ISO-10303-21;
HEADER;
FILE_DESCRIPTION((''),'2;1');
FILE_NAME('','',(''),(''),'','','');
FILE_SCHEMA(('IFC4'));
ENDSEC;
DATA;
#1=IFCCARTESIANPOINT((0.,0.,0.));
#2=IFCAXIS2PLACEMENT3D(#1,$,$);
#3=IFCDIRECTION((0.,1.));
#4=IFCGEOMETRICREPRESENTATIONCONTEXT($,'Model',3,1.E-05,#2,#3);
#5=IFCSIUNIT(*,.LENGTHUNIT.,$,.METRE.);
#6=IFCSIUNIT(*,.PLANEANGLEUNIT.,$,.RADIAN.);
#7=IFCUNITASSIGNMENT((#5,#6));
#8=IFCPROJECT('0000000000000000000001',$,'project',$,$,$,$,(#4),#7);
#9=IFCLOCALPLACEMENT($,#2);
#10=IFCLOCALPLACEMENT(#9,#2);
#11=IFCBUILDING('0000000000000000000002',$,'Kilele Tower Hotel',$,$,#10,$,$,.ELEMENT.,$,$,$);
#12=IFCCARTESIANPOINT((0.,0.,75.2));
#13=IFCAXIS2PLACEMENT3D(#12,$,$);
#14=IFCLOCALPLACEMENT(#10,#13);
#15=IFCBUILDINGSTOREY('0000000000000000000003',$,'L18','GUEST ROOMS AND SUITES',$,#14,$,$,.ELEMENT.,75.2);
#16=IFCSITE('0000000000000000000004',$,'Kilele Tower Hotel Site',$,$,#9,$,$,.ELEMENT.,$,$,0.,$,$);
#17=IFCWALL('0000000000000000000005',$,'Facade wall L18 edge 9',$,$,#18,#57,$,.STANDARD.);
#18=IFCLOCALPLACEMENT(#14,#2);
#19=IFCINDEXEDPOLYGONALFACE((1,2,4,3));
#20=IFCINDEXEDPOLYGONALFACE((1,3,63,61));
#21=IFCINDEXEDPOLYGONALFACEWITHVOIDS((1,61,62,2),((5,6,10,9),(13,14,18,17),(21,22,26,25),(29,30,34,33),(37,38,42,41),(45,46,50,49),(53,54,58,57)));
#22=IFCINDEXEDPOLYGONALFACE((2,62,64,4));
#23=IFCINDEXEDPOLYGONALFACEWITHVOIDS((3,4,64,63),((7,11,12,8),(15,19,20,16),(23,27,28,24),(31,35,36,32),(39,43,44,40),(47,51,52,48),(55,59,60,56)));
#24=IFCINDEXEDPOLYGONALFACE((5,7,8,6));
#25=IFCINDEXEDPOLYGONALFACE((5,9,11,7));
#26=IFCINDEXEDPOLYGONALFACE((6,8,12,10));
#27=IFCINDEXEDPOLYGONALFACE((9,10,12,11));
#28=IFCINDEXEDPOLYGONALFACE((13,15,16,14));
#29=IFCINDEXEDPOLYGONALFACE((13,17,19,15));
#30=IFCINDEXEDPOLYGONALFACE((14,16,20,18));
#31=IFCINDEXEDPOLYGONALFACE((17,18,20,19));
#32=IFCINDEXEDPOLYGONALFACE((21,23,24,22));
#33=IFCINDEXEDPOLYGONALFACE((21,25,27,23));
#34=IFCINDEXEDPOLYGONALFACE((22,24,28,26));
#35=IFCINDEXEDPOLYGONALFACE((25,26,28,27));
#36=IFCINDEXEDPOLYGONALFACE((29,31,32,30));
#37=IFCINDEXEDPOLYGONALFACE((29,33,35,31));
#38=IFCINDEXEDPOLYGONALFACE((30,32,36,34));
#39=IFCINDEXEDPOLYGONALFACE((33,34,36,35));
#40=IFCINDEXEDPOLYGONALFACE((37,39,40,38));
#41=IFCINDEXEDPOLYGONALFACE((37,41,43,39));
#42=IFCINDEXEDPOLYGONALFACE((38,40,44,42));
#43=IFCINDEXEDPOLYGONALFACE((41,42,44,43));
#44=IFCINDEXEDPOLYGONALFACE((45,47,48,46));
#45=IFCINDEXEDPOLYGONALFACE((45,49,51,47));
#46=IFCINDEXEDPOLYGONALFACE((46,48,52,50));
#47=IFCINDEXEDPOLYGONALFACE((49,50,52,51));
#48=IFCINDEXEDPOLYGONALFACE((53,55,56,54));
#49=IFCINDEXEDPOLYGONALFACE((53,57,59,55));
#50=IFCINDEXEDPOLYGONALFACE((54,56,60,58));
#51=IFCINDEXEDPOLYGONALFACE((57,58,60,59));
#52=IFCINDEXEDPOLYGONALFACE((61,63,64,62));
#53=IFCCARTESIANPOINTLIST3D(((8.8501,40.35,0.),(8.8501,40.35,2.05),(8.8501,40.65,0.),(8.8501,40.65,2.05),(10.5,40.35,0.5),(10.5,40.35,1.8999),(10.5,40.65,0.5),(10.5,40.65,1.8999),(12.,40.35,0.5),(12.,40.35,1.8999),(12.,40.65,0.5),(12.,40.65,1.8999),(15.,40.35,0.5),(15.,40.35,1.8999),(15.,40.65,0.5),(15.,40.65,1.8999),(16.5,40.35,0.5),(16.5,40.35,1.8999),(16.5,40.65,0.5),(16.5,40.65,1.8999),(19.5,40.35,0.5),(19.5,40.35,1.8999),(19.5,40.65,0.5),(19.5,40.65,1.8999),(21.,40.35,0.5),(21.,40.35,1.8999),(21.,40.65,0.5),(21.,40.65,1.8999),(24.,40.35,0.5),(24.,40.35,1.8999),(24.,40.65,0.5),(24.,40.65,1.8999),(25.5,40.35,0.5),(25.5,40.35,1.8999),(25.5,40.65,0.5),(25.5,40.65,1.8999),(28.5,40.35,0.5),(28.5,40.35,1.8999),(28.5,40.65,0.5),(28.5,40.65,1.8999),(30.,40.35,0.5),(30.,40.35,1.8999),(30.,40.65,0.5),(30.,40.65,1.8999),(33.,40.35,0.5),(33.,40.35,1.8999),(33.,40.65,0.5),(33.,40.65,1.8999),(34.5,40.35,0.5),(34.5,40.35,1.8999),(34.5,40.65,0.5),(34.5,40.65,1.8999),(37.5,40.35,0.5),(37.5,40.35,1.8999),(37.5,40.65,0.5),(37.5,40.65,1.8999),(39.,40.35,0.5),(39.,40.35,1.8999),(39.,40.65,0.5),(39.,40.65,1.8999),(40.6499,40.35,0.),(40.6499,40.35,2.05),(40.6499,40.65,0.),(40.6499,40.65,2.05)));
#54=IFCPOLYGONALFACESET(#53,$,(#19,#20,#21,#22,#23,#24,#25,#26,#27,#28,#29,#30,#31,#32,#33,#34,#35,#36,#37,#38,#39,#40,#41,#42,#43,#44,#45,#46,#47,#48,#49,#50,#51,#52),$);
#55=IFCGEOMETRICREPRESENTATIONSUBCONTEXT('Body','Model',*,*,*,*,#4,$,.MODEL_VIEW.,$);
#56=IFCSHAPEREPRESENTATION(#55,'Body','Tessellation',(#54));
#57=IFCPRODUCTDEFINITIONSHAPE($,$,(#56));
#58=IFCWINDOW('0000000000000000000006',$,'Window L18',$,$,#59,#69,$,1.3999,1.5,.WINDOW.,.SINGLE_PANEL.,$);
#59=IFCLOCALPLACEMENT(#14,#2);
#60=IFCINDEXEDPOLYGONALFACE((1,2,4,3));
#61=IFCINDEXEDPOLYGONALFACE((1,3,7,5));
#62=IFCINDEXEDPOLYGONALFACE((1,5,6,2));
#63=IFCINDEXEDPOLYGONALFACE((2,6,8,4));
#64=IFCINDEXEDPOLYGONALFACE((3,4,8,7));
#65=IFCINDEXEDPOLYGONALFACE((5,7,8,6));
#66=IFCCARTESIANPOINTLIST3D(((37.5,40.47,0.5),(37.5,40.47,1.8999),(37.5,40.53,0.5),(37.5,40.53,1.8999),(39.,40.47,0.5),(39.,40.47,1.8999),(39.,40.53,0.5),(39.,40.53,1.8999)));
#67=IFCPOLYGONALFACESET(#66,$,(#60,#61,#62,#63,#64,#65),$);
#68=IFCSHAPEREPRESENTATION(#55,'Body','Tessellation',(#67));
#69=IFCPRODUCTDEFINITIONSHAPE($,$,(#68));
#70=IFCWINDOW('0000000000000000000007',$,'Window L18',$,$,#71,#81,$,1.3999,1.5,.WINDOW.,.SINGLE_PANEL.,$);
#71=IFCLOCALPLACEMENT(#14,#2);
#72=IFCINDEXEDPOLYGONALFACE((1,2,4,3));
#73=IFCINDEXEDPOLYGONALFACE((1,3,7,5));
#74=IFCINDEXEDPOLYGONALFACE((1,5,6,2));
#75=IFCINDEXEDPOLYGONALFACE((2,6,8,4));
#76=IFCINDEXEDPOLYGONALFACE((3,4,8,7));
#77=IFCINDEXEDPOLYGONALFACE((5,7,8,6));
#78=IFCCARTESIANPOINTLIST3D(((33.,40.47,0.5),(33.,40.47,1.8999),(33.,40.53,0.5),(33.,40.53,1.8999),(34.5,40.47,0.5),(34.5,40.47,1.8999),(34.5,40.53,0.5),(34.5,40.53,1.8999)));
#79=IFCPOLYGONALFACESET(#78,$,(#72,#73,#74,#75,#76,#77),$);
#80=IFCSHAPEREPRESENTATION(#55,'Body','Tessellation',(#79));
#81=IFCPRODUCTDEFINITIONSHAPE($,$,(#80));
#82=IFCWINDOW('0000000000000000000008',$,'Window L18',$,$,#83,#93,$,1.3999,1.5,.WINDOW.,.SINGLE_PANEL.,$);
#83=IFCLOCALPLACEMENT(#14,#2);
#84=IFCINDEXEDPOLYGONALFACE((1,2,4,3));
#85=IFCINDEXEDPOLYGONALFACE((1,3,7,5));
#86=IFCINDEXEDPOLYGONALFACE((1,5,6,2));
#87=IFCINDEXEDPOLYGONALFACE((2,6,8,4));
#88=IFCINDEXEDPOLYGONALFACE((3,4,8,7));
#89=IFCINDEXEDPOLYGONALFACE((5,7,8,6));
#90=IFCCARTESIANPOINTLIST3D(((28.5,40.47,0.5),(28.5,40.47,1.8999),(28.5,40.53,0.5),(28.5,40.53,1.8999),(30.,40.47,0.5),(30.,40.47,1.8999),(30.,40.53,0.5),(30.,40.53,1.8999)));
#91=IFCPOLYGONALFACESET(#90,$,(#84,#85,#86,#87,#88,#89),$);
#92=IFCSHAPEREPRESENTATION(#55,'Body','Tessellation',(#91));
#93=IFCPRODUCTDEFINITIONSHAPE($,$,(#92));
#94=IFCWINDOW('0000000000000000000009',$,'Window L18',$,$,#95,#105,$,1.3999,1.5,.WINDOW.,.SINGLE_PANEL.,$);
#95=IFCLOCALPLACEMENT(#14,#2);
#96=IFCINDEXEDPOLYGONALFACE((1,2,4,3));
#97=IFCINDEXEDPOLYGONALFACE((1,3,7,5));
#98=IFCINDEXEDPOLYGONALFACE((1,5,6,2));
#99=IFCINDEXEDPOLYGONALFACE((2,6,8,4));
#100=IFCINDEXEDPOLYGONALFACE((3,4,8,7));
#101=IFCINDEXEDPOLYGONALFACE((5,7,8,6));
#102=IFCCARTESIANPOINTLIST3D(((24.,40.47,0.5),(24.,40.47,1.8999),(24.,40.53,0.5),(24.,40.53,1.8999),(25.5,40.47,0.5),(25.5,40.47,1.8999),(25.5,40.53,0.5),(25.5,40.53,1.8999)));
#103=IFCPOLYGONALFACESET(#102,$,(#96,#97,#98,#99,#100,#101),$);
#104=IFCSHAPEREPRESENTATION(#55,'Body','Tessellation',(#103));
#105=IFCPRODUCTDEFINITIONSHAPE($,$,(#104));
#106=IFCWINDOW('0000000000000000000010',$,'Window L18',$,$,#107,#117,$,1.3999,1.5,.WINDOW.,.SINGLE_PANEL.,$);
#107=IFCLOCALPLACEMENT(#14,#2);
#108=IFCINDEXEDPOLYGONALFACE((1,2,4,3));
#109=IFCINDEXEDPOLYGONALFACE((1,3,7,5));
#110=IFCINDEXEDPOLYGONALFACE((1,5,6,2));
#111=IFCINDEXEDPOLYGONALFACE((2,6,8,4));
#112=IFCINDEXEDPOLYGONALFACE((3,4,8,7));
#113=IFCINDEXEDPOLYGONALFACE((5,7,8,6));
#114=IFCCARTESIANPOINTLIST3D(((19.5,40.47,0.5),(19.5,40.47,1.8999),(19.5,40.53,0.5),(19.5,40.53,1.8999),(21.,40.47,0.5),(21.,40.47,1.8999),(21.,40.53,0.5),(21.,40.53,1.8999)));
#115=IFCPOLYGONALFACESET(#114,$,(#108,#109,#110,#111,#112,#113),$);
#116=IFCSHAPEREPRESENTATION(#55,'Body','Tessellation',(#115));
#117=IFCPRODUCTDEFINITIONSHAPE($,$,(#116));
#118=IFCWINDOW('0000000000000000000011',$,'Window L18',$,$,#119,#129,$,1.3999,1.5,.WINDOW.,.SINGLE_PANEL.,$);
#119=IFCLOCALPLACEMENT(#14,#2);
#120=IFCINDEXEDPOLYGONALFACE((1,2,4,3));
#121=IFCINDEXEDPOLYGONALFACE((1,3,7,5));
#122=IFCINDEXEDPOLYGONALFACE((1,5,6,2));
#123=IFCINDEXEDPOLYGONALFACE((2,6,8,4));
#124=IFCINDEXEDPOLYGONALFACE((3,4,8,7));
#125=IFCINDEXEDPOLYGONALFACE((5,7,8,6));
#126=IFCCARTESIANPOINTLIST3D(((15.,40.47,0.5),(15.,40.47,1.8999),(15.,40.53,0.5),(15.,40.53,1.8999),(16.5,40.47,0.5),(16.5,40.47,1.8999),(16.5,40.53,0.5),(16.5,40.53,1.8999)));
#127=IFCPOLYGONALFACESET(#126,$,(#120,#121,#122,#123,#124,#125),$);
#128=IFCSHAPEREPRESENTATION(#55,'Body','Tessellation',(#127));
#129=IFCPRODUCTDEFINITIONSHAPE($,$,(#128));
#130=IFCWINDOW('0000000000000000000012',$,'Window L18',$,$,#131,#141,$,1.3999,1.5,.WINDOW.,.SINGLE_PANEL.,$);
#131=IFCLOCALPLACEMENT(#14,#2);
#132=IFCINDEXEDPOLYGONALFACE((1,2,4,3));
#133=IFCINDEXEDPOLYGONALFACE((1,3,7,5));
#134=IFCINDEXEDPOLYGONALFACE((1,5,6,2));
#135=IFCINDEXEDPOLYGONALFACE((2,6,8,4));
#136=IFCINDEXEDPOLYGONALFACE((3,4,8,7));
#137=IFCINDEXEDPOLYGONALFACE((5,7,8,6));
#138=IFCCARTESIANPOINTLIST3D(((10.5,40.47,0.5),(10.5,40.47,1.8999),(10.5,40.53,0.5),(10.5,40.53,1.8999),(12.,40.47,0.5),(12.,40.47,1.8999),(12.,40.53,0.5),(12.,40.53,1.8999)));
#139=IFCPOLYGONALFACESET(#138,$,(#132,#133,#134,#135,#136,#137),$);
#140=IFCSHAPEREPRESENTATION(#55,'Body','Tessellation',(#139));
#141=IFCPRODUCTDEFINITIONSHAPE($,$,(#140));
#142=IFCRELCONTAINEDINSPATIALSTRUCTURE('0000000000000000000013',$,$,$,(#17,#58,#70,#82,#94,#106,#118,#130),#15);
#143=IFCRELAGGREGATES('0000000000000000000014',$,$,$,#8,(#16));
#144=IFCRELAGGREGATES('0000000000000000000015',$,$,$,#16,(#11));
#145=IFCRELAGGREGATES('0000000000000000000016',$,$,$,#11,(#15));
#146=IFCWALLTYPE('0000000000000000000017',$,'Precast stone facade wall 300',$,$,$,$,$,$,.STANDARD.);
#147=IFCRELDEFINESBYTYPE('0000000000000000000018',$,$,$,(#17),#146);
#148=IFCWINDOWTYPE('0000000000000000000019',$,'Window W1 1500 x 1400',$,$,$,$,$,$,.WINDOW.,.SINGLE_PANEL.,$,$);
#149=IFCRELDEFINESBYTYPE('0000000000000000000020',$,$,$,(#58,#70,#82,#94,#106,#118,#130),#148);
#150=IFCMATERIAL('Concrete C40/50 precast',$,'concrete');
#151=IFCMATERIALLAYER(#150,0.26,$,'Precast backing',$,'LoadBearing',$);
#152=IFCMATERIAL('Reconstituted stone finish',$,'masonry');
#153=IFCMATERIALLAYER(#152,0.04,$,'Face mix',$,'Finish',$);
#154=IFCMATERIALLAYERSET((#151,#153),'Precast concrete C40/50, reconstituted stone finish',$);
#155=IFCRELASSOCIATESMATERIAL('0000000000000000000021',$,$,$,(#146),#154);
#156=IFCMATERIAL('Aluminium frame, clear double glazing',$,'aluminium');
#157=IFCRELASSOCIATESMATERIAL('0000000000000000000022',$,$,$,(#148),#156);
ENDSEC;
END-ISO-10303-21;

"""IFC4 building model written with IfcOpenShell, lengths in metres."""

from ifc_helpers import new_model, si_unit, direction, frame, frame_2d, origin, place, context, subcontext, project, spatial, rectangle, extrude, material, layer, layer_set, type_object, element, fill, save


model = new_model("IFC4")

# Units and contexts
model_context = context("Model", 3, precision=1e-05, world=origin(), true_north=direction((0.0, 1.0)))
body_context = subcontext(model_context, "Body", "Model", "MODEL_VIEW")
ifc_project = project(units=[si_unit("LENGTHUNIT", "METRE"), si_unit("PLANEANGLEUNIT", "RADIAN")], contexts=[model_context])

# Site, building, storey
site_placement = place(None, origin())
site = spatial("IfcSite", under=ifc_project, at=site_placement, Name="Kilele Tower Hotel Site", CompositionType="ELEMENT", RefElevation=0.0)
building_placement = place(site_placement, origin())
building = spatial("IfcBuilding", under=site, at=building_placement, Name="Kilele Tower Hotel", CompositionType="ELEMENT")
storey_placement = place(building_placement, frame((0.0, 0.0, 75.2)))
storey = spatial("IfcBuildingStorey", under=building, at=storey_placement, Name="L18", Description="GUEST ROOMS AND SUITES", CompositionType="ELEMENT", Elevation=75.2)

# Shared definitions
ifc_material_1 = material(Name="Concrete C40/50 precast", Category="concrete")
ifc_layer_1 = layer(ifc_material_1, 0.26, Name="Precast backing", Category="LoadBearing")
ifc_material_2 = material(Name="Reconstituted stone finish", Category="masonry")
ifc_layer_2 = layer(ifc_material_2, 0.04, Name="Face mix", Category="Finish")
ifc_layer_set_1 = layer_set([ifc_layer_1, ifc_layer_2], Name="Precast concrete C40/50, reconstituted stone finish")
wall_type_1 = type_object("IfcWallType", Name="Precast stone facade wall 300", PredefinedType="STANDARD", material=ifc_layer_set_1)
ifc_material_3 = material(Name="Aluminium frame, clear double glazing", Category="aluminium")
window_type_1 = type_object("IfcWindowType", Name="Window W1 1500 x 1400", PartitioningType="SINGLE_PANEL", PredefinedType="WINDOW", material=ifc_material_3)

# Wall, openings, windows
wall_1_placement = place(storey_placement, frame((40.6499, 40.5, 0.0), z_axis=(0.0, 0.0, 1.0), x_axis=(-1.0, 0.0, 0.0)))
wall_1 = element("IfcWall", 1, at=wall_1_placement, inside=storey, type_object=wall_type_1, Name="Facade wall L18 edge 9", PredefinedType="STANDARD", context=body_context, shape_type="SweptSolid", body=[
    extrude(rectangle(XDim=31.7998, YDim=0.3, at=frame_2d((15.8999, 0.0))), origin(), (0.0, 0.0, 1.0), 2.05),
])
opening_1_placement = place(wall_1_placement, frame((1.6499, 0.0, 0.5)))
opening_1 = element("IfcOpeningElement", 2, at=opening_1_placement, cuts=wall_1, PredefinedType="OPENING", context=body_context, shape_type="SweptSolid", body=[
    extrude(rectangle(XDim=1.5, YDim=1.3999, at=frame_2d((0.75, 0.7))), frame((0.0, 0.1599, 0.0), z_axis=(0.0, -1.0, 0.0), x_axis=(1.0, 0.0, 0.0)), (0.0, 0.0, 1.0), 0.3201),
])
opening_2_placement = place(wall_1_placement, frame((6.1499, 0.0, 0.5)))
opening_2 = element("IfcOpeningElement", 3, at=opening_2_placement, cuts=wall_1, PredefinedType="OPENING", context=body_context, shape_type="SweptSolid", body=[
    extrude(rectangle(XDim=1.5, YDim=1.3999, at=frame_2d((0.75, 0.7))), frame((0.0, 0.1599, 0.0), z_axis=(0.0, -1.0, 0.0), x_axis=(1.0, 0.0, 0.0)), (0.0, 0.0, 1.0), 0.3201),
])
opening_3_placement = place(wall_1_placement, frame((10.6499, 0.0, 0.5)))
opening_3 = element("IfcOpeningElement", 4, at=opening_3_placement, cuts=wall_1, PredefinedType="OPENING", context=body_context, shape_type="SweptSolid", body=[
    extrude(rectangle(XDim=1.5, YDim=1.3999, at=frame_2d((0.75, 0.7))), frame((0.0, 0.1599, 0.0), z_axis=(0.0, -1.0, 0.0), x_axis=(1.0, 0.0, 0.0)), (0.0, 0.0, 1.0), 0.3201),
])
opening_4_placement = place(wall_1_placement, frame((15.1499, 0.0, 0.5)))
opening_4 = element("IfcOpeningElement", 5, at=opening_4_placement, cuts=wall_1, PredefinedType="OPENING", context=body_context, shape_type="SweptSolid", body=[
    extrude(rectangle(XDim=1.5, YDim=1.3999, at=frame_2d((0.75, 0.7))), frame((0.0, 0.1599, 0.0), z_axis=(0.0, -1.0, 0.0), x_axis=(1.0, 0.0, 0.0)), (0.0, 0.0, 1.0), 0.3201),
])
opening_5_placement = place(wall_1_placement, frame((19.6499, 0.0, 0.5)))
opening_5 = element("IfcOpeningElement", 6, at=opening_5_placement, cuts=wall_1, PredefinedType="OPENING", context=body_context, shape_type="SweptSolid", body=[
    extrude(rectangle(XDim=1.5, YDim=1.3999, at=frame_2d((0.75, 0.7))), frame((0.0, 0.1599, 0.0), z_axis=(0.0, -1.0, 0.0), x_axis=(1.0, 0.0, 0.0)), (0.0, 0.0, 1.0), 0.3201),
])
opening_6_placement = place(wall_1_placement, frame((24.1499, 0.0, 0.5)))
opening_6 = element("IfcOpeningElement", 7, at=opening_6_placement, cuts=wall_1, PredefinedType="OPENING", context=body_context, shape_type="SweptSolid", body=[
    extrude(rectangle(XDim=1.5, YDim=1.3999, at=frame_2d((0.75, 0.7))), frame((0.0, 0.1599, 0.0), z_axis=(0.0, -1.0, 0.0), x_axis=(1.0, 0.0, 0.0)), (0.0, 0.0, 1.0), 0.3201),
])
opening_7_placement = place(wall_1_placement, frame((28.6499, 0.0, 0.5)))
opening_7 = element("IfcOpeningElement", 8, at=opening_7_placement, cuts=wall_1, PredefinedType="OPENING", context=body_context, shape_type="SweptSolid", body=[
    extrude(rectangle(XDim=1.5, YDim=1.3999, at=frame_2d((0.75, 0.7))), frame((0.0, 0.1599, 0.0), z_axis=(0.0, -1.0, 0.0), x_axis=(1.0, 0.0, 0.0)), (0.0, 0.0, 1.0), 0.3201),
])
window_1_placement = place(opening_1_placement, origin())
window_1 = element("IfcWindow", 9, at=window_1_placement, inside=storey, type_object=window_type_1, Name="Window L18", OverallHeight=1.3999, OverallWidth=1.5, PartitioningType="SINGLE_PANEL", PredefinedType="WINDOW", context=body_context, shape_type="SweptSolid", body=[
    extrude(rectangle(XDim=1.5, YDim=1.3999, at=frame_2d((0.75, 0.7))), frame((0.0, 0.03, 0.0), z_axis=(0.0, -1.0, 0.0), x_axis=(1.0, 0.0, 0.0)), (0.0, 0.0, 1.0), 0.0601),
])
fill(opening_1, window_1)
window_2_placement = place(opening_2_placement, origin())
window_2 = element("IfcWindow", 10, at=window_2_placement, inside=storey, type_object=window_type_1, Name="Window L18", OverallHeight=1.3999, OverallWidth=1.5, PartitioningType="SINGLE_PANEL", PredefinedType="WINDOW", context=body_context, shape_type="SweptSolid", body=[
    extrude(rectangle(XDim=1.5, YDim=1.3999, at=frame_2d((0.75, 0.7))), frame((0.0, 0.03, 0.0), z_axis=(0.0, -1.0, 0.0), x_axis=(1.0, 0.0, 0.0)), (0.0, 0.0, 1.0), 0.0601),
])
fill(opening_2, window_2)
window_3_placement = place(opening_3_placement, origin())
window_3 = element("IfcWindow", 11, at=window_3_placement, inside=storey, type_object=window_type_1, Name="Window L18", OverallHeight=1.3999, OverallWidth=1.5, PartitioningType="SINGLE_PANEL", PredefinedType="WINDOW", context=body_context, shape_type="SweptSolid", body=[
    extrude(rectangle(XDim=1.5, YDim=1.3999, at=frame_2d((0.75, 0.7))), frame((0.0, 0.03, 0.0), z_axis=(0.0, -1.0, 0.0), x_axis=(1.0, 0.0, 0.0)), (0.0, 0.0, 1.0), 0.0601),
])
fill(opening_3, window_3)
window_4_placement = place(opening_4_placement, origin())
window_4 = element("IfcWindow", 12, at=window_4_placement, inside=storey, type_object=window_type_1, Name="Window L18", OverallHeight=1.3999, OverallWidth=1.5, PartitioningType="SINGLE_PANEL", PredefinedType="WINDOW", context=body_context, shape_type="SweptSolid", body=[
    extrude(rectangle(XDim=1.5, YDim=1.3999, at=frame_2d((0.75, 0.7))), frame((0.0, 0.03, 0.0), z_axis=(0.0, -1.0, 0.0), x_axis=(1.0, 0.0, 0.0)), (0.0, 0.0, 1.0), 0.0601),
])
fill(opening_4, window_4)
window_5_placement = place(opening_5_placement, origin())
window_5 = element("IfcWindow", 13, at=window_5_placement, inside=storey, type_object=window_type_1, Name="Window L18", OverallHeight=1.3999, OverallWidth=1.5, PartitioningType="SINGLE_PANEL", PredefinedType="WINDOW", context=body_context, shape_type="SweptSolid", body=[
    extrude(rectangle(XDim=1.5, YDim=1.3999, at=frame_2d((0.75, 0.7))), frame((0.0, 0.03, 0.0), z_axis=(0.0, -1.0, 0.0), x_axis=(1.0, 0.0, 0.0)), (0.0, 0.0, 1.0), 0.0601),
])
fill(opening_5, window_5)
window_6_placement = place(opening_6_placement, origin())
window_6 = element("IfcWindow", 14, at=window_6_placement, inside=storey, type_object=window_type_1, Name="Window L18", OverallHeight=1.3999, OverallWidth=1.5, PartitioningType="SINGLE_PANEL", PredefinedType="WINDOW", context=body_context, shape_type="SweptSolid", body=[
    extrude(rectangle(XDim=1.5, YDim=1.3999, at=frame_2d((0.75, 0.7))), frame((0.0, 0.03, 0.0), z_axis=(0.0, -1.0, 0.0), x_axis=(1.0, 0.0, 0.0)), (0.0, 0.0, 1.0), 0.0601),
])
fill(opening_6, window_6)
window_7_placement = place(opening_7_placement, origin())
window_7 = element("IfcWindow", 15, at=window_7_placement, inside=storey, type_object=window_type_1, Name="Window L18", OverallHeight=1.3999, OverallWidth=1.5, PartitioningType="SINGLE_PANEL", PredefinedType="WINDOW", context=body_context, shape_type="SweptSolid", body=[
    extrude(rectangle(XDim=1.5, YDim=1.3999, at=frame_2d((0.75, 0.7))), frame((0.0, 0.03, 0.0), z_axis=(0.0, -1.0, 0.0), x_axis=(1.0, 0.0, 0.0)), (0.0, 0.0, 1.0), 0.0601),
])
fill(opening_7, window_7)

save(model, "model.ifc")
